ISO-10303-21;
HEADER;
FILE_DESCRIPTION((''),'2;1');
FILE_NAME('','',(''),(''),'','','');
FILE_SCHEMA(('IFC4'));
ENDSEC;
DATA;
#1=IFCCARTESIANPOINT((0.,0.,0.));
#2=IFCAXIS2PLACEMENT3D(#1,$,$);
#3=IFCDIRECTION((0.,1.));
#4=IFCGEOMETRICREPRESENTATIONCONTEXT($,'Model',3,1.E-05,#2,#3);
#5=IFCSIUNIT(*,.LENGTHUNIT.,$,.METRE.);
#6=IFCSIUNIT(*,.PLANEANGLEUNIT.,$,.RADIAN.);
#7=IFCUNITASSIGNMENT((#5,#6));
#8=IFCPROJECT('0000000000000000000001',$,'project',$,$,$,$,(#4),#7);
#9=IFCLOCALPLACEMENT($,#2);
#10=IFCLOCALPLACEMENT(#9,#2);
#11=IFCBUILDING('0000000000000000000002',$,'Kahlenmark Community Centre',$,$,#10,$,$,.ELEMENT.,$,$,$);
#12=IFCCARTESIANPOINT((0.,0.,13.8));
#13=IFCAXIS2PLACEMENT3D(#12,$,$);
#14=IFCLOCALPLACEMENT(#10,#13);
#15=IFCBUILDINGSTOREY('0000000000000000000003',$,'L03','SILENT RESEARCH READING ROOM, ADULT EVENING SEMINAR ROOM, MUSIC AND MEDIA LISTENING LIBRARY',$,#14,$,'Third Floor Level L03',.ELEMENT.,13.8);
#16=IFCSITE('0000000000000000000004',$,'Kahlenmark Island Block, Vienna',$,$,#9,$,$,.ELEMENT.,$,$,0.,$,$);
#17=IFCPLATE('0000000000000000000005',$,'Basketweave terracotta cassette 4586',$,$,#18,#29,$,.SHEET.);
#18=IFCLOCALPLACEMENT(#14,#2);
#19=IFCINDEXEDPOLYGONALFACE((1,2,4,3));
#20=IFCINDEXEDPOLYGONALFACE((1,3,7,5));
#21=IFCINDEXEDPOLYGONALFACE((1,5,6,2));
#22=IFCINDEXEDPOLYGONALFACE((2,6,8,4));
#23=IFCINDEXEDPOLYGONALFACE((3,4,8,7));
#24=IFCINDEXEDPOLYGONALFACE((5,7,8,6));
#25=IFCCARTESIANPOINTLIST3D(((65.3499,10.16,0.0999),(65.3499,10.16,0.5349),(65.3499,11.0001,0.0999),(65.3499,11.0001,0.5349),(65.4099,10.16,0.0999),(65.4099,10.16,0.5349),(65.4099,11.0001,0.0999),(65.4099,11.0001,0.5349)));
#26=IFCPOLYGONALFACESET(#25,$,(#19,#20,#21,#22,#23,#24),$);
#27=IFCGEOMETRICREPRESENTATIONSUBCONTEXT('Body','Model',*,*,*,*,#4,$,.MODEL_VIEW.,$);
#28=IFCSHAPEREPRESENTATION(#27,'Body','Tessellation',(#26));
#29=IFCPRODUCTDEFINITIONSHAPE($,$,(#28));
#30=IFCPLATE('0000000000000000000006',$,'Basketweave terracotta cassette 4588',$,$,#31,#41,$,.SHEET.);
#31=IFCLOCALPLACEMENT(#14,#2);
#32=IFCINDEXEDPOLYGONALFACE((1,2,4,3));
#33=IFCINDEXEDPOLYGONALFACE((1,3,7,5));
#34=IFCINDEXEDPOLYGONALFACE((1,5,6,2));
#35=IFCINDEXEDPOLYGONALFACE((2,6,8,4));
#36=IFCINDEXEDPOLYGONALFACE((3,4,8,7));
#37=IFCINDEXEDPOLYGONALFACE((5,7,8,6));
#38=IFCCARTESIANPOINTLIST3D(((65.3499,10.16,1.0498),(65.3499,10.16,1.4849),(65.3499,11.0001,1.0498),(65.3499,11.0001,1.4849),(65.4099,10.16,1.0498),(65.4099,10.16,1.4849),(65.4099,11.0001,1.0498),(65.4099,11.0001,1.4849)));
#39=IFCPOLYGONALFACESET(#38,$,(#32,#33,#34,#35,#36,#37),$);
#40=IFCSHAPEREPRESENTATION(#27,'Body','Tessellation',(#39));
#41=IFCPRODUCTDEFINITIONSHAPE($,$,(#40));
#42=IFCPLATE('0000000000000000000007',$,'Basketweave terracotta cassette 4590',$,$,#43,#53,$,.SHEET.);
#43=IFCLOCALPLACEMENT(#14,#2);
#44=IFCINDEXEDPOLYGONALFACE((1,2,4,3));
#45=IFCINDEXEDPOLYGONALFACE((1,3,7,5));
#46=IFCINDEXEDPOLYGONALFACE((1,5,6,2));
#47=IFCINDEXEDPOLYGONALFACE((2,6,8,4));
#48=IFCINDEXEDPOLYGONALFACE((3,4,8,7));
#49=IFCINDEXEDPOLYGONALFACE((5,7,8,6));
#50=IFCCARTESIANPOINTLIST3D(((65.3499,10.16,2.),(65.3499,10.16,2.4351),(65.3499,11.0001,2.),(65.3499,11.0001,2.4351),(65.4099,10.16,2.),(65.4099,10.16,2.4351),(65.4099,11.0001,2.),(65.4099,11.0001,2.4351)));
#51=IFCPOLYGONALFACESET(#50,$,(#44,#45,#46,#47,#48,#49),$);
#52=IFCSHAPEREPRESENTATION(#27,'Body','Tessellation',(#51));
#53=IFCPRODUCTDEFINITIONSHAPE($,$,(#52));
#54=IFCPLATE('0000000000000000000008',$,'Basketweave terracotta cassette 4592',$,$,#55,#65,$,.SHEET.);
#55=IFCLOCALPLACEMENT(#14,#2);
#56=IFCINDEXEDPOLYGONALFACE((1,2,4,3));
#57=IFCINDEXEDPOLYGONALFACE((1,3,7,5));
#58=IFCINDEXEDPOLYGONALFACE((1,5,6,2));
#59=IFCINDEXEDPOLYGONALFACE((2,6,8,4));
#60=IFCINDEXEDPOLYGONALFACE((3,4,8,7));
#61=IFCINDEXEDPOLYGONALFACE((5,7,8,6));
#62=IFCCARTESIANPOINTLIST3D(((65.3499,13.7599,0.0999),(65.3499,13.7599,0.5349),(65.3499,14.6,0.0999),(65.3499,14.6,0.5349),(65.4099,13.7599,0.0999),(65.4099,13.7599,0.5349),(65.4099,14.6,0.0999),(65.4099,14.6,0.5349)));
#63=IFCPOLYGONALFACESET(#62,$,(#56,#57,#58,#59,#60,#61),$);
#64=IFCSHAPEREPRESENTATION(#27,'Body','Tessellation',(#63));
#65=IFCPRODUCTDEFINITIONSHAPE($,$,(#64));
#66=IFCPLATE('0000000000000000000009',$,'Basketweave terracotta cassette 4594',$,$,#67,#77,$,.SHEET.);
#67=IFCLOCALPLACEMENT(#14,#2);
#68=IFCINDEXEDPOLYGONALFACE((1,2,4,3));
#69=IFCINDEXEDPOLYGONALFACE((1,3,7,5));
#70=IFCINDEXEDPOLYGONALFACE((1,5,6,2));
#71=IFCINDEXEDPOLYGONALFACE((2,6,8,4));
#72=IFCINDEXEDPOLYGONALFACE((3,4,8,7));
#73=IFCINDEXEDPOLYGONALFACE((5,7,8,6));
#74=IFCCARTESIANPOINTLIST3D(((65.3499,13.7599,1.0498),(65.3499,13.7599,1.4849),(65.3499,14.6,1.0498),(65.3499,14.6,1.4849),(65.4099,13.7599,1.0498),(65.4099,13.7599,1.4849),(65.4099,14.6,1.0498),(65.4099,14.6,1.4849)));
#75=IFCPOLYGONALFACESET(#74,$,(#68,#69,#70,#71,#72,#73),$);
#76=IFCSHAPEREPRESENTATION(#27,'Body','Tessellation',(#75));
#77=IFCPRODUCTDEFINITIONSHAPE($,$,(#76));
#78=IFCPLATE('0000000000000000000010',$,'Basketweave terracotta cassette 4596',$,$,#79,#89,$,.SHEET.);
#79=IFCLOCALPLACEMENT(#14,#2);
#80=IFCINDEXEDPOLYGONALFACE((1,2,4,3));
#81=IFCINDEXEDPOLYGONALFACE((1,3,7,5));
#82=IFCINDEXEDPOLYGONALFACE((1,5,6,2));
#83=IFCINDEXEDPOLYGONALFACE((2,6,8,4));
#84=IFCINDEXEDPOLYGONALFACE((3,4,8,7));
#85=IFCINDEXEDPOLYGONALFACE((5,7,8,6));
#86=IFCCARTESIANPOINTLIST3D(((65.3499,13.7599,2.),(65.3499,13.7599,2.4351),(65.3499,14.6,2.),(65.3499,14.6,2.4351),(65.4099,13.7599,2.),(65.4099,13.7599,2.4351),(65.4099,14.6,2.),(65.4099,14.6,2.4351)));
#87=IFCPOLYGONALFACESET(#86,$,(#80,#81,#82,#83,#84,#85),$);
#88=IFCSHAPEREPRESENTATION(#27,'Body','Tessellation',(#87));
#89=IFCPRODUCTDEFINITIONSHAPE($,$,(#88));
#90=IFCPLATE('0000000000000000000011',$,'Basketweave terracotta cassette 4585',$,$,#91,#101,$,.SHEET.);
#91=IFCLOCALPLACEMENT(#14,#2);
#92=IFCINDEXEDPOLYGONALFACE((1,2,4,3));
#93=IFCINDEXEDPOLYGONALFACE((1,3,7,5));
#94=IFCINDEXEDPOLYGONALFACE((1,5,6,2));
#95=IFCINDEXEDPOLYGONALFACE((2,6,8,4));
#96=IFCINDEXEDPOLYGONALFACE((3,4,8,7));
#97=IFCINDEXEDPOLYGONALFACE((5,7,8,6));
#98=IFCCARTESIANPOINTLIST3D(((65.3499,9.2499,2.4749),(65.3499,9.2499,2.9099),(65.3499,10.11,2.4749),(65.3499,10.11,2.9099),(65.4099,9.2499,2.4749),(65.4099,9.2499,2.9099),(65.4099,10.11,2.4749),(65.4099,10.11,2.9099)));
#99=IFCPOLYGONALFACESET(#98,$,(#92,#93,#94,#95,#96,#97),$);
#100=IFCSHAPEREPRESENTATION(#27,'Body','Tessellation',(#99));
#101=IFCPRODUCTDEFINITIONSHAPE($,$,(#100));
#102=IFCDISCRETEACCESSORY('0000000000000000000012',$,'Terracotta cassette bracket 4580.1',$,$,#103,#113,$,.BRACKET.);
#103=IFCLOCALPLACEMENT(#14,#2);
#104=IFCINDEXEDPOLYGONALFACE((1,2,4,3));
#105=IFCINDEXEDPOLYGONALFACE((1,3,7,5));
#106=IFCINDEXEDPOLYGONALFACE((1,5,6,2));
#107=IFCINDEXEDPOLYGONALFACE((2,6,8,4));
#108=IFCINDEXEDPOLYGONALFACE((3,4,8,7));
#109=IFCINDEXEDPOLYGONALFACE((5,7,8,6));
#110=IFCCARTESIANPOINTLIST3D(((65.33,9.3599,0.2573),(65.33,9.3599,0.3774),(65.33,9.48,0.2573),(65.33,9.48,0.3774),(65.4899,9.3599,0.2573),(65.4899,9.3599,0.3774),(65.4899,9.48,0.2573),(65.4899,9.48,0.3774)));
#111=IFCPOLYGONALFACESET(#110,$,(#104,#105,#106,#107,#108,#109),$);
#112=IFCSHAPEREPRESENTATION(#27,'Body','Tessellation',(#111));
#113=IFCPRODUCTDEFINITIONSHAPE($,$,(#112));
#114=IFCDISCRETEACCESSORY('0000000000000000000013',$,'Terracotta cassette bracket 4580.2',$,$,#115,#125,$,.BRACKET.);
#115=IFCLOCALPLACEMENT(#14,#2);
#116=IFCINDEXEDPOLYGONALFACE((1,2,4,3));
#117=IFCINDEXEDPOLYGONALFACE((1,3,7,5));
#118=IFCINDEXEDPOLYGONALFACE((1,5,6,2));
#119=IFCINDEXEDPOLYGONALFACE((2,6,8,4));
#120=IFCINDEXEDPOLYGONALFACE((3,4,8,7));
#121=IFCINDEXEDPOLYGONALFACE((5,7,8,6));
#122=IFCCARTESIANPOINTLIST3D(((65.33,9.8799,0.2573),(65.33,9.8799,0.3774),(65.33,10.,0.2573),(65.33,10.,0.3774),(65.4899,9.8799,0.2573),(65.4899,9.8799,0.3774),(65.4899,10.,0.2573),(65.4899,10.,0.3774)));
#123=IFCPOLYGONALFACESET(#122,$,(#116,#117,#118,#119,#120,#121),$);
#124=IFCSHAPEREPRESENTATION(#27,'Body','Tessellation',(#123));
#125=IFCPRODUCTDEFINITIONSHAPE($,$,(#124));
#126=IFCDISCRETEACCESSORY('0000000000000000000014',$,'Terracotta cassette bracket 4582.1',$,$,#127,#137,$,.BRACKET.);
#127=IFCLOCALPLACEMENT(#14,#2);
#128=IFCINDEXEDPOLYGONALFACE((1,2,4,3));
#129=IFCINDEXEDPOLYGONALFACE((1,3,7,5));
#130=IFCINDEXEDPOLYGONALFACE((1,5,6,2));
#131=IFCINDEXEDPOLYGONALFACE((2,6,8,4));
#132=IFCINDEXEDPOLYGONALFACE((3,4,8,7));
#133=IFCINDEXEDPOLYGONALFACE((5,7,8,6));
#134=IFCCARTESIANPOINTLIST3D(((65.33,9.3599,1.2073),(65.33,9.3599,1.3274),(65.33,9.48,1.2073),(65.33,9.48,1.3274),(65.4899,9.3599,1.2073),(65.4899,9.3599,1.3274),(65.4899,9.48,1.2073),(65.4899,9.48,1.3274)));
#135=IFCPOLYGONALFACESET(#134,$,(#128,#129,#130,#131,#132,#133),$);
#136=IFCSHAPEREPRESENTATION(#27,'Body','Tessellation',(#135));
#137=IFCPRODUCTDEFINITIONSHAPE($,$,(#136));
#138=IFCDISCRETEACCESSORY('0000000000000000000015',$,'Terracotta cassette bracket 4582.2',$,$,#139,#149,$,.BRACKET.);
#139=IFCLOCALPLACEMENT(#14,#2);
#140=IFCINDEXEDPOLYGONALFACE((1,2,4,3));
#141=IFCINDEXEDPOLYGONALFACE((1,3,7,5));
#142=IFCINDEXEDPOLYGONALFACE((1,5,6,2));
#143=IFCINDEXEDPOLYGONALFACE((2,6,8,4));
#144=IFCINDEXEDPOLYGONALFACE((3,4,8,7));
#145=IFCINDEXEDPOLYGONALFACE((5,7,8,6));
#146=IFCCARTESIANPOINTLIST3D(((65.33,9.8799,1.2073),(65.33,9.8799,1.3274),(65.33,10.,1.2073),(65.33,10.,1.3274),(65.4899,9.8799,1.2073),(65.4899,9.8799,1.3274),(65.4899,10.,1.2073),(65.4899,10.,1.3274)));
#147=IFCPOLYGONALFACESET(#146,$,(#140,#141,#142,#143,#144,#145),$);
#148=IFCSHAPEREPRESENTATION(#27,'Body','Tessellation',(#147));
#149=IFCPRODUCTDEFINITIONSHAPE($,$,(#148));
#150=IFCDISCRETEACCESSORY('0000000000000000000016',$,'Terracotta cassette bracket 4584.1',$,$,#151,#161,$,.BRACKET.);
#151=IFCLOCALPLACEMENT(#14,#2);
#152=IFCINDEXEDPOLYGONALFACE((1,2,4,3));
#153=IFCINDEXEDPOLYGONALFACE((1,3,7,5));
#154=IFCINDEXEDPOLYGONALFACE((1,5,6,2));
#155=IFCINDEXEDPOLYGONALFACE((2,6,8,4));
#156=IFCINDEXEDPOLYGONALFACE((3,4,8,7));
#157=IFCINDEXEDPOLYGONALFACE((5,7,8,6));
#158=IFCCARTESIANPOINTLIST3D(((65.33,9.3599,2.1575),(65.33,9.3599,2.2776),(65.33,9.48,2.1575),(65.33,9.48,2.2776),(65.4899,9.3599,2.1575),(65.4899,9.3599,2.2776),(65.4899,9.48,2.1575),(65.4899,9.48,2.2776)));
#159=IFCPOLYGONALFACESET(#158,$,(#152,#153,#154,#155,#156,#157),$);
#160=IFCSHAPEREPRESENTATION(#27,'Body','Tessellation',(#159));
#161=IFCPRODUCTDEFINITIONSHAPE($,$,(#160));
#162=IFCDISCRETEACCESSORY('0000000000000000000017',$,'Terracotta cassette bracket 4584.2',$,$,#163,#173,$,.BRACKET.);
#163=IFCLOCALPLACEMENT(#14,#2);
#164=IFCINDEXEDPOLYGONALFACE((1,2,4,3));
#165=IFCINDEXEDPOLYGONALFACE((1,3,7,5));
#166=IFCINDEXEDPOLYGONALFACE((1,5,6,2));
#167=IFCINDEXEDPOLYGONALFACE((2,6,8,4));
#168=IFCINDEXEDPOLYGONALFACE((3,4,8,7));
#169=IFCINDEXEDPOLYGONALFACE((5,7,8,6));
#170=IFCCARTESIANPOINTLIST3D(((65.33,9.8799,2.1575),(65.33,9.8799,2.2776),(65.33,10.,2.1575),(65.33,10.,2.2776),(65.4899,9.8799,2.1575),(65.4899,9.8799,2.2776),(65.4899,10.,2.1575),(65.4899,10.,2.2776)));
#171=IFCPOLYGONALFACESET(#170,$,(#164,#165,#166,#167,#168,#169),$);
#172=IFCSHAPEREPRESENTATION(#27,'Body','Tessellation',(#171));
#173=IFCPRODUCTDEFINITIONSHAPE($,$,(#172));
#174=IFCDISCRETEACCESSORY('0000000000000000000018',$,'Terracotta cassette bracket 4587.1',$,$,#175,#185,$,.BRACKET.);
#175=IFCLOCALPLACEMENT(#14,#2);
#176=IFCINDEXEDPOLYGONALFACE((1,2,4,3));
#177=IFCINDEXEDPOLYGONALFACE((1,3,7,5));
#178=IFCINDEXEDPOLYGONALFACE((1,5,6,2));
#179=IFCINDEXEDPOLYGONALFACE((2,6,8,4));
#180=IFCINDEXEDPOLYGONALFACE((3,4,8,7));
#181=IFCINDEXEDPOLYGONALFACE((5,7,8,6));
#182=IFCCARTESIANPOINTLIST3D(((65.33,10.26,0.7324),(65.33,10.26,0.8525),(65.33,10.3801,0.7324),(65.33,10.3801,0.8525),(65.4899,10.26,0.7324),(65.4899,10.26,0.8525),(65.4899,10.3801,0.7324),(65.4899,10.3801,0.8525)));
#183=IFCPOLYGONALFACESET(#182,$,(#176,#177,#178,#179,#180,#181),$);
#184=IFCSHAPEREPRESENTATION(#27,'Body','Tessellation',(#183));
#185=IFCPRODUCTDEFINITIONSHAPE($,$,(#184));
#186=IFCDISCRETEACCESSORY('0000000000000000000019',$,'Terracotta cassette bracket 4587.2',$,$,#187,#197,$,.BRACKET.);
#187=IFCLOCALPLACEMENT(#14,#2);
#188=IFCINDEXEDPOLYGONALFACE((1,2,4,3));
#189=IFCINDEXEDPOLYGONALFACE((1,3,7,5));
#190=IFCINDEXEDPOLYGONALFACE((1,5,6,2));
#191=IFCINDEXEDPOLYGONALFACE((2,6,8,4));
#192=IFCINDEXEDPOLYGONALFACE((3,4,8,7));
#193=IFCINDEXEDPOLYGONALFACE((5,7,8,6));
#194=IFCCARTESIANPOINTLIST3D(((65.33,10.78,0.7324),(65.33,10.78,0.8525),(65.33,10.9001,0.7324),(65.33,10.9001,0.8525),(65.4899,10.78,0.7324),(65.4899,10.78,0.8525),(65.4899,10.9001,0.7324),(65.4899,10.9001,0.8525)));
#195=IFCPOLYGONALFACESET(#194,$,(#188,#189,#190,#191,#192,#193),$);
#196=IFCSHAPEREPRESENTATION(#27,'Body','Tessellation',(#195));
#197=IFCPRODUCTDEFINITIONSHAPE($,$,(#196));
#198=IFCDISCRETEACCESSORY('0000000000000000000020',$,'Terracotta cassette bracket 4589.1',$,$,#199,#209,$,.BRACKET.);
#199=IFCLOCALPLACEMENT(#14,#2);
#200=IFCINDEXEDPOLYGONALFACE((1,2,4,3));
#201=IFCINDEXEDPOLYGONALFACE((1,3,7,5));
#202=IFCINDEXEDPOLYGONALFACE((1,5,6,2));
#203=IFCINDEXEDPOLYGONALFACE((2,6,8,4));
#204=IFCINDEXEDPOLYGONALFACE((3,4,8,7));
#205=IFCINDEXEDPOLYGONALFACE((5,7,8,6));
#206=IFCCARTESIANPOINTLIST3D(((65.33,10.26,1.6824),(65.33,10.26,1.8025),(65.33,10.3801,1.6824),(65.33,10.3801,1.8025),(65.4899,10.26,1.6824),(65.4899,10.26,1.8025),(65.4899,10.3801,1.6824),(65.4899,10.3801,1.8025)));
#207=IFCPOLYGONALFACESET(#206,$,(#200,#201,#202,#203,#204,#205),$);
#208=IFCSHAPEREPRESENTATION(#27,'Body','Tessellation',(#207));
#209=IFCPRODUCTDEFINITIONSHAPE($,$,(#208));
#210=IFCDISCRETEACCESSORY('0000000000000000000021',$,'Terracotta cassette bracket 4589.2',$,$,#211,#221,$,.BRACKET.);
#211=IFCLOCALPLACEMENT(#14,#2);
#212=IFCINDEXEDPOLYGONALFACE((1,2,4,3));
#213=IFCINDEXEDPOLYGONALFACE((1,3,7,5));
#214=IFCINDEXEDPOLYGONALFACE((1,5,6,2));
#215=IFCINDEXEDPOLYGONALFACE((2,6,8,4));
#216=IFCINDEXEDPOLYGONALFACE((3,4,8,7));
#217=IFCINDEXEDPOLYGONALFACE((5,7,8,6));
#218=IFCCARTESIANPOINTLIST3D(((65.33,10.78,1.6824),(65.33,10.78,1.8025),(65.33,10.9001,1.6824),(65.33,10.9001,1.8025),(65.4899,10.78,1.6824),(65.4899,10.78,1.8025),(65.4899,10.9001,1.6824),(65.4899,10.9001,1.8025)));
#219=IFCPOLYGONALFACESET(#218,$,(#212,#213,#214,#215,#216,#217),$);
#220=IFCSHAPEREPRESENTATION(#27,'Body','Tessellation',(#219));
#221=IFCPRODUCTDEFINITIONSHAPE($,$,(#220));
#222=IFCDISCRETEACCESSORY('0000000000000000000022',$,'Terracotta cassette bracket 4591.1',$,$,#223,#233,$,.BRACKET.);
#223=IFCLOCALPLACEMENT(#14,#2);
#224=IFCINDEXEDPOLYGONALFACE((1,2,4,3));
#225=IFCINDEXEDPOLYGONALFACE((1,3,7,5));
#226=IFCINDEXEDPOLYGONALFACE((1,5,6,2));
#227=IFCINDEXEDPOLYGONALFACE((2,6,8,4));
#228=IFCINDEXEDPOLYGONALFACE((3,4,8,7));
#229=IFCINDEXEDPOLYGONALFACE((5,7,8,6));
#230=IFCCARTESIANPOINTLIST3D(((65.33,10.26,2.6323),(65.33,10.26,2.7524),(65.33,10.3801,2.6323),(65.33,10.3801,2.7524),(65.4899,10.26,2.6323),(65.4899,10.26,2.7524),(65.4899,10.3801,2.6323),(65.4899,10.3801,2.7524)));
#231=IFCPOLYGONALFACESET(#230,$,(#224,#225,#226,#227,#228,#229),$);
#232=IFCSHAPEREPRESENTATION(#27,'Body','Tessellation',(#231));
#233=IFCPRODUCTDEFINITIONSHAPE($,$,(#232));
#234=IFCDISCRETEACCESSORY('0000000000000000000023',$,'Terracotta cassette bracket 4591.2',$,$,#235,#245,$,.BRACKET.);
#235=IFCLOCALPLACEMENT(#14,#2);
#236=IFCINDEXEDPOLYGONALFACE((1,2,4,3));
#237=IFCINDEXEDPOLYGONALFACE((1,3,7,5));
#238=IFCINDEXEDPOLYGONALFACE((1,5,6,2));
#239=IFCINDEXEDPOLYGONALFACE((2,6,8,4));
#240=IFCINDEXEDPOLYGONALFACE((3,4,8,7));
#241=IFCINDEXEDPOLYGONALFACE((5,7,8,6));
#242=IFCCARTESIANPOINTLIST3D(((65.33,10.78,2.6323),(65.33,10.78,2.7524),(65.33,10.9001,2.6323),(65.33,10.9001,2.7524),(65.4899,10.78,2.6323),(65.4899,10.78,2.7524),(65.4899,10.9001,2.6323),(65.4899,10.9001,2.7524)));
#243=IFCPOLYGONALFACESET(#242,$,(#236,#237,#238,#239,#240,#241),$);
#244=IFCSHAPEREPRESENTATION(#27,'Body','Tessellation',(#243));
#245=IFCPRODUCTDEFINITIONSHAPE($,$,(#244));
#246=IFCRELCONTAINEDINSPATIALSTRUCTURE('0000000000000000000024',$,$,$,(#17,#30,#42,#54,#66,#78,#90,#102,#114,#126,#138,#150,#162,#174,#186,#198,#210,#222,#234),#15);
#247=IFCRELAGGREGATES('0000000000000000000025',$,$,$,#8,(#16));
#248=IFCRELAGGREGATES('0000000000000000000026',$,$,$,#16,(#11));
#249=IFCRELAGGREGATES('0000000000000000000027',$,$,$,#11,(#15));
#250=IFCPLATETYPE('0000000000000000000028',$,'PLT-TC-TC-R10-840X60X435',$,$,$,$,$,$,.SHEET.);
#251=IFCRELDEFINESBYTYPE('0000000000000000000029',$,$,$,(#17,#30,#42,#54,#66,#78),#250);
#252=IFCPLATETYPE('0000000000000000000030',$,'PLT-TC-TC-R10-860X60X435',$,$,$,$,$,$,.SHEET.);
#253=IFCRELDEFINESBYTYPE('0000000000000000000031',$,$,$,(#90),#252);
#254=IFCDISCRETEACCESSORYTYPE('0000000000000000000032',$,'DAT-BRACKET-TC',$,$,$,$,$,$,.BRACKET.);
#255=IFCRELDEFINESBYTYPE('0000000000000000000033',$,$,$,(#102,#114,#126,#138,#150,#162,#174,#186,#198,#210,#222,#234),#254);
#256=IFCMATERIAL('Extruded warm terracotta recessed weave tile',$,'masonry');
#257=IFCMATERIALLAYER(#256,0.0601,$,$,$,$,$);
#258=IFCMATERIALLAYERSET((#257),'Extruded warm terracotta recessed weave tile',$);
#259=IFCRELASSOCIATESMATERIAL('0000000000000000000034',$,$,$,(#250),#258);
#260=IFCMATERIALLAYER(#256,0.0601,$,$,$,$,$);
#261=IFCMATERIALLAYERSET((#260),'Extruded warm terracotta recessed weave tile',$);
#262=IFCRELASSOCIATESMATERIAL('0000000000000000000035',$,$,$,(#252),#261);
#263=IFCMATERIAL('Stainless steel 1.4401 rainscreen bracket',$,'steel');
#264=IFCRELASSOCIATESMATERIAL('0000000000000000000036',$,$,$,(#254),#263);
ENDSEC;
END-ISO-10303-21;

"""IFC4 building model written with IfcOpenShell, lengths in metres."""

from ifc_helpers import new_model, si_unit, direction, frame, origin, origin_2d, place, context, subcontext, project, spatial, rectangle, extrude, material, layer, layer_set, type_object, element, save


model = new_model("IFC4")

# Units and contexts
model_context = context("Model", 3, precision=1e-05, world=origin(), true_north=direction((0.0, 1.0)))
body_context = subcontext(model_context, "Body", "Model", "MODEL_VIEW")
ifc_project = project(units=[si_unit("LENGTHUNIT", "METRE"), si_unit("PLANEANGLEUNIT", "RADIAN")], contexts=[model_context])

# Site, building, storey
site_placement = place(None, origin())
site = spatial("IfcSite", under=ifc_project, at=site_placement, Name="Kahlenmark Island Block, Vienna", CompositionType="ELEMENT", RefElevation=0.0)
building_placement = place(site_placement, origin())
building = spatial("IfcBuilding", under=site, at=building_placement, Name="Kahlenmark Community Centre", CompositionType="ELEMENT")
storey_placement = place(building_placement, frame((0.0, 0.0, 13.8)))
storey = spatial("IfcBuildingStorey", under=building, at=storey_placement, Name="L03", Description="SILENT RESEARCH READING ROOM, ADULT EVENING SEMINAR ROOM, MUSIC AND MEDIA LISTENING LIBRARY", LongName="Third Floor Level L03", CompositionType="ELEMENT", Elevation=13.8)

# Plates
ifc_material_1 = material(Name="Extruded warm terracotta recessed weave tile", Category="masonry")
ifc_layer_1 = layer(ifc_material_1, 0.0601)
ifc_layer_set_1 = layer_set([ifc_layer_1], Name="Extruded warm terracotta recessed weave tile")
plate_type_1 = type_object("IfcPlateType", Name="PLT-TC-TC-R10-840X60X435", PredefinedType="SHEET", material=ifc_layer_set_1)
for number, where, z_axis, x_axis, name in (
    (1, (65.3799, 10.5801, 0.0999), (0.0, 0.0, 1.0), (0.0, 1.0, 0.0), "Basketweave terracotta cassette 4586"),
    (2, (65.3799, 10.5801, 1.0498), (0.0, 0.0, 1.0), (0.0, 1.0, 0.0), "Basketweave terracotta cassette 4588"),
    (3, (65.3799, 10.5801, 2.0), (0.0, 0.0, 1.0), (0.0, 1.0, 0.0), "Basketweave terracotta cassette 4590"),
    (4, (65.3799, 14.1799, 0.0999), (0.0, 0.0, 1.0), (0.0, 1.0, 0.0), "Basketweave terracotta cassette 4592"),
    (5, (65.3799, 14.1799, 1.0498), (0.0, 0.0, 1.0), (0.0, 1.0, 0.0), "Basketweave terracotta cassette 4594"),
    (6, (65.3799, 14.1799, 2.0), (0.0, 0.0, 1.0), (0.0, 1.0, 0.0), "Basketweave terracotta cassette 4596"),
):
    element("IfcPlate", number, at=place(storey_placement, frame(where, z_axis=z_axis, x_axis=x_axis)), inside=storey, type_object=plate_type_1, Name=name, PredefinedType="SHEET", context=body_context, shape_type="SweptSolid", body=[
        extrude(rectangle(XDim=0.8401, YDim=0.0601, at=origin_2d()), origin(), (0.0, 0.0, 1.0), 0.4351),
    ])
ifc_layer_2 = layer(ifc_material_1, 0.0601)
ifc_layer_set_2 = layer_set([ifc_layer_2], Name="Extruded warm terracotta recessed weave tile")
plate_type_2 = type_object("IfcPlateType", Name="PLT-TC-TC-R10-860X60X435", PredefinedType="SHEET", material=ifc_layer_set_2)
plate_placement = place(storey_placement, frame((65.3799, 9.6799, 2.4749), z_axis=(0.0, 0.0, 1.0), x_axis=(0.0, 1.0, 0.0)))
element("IfcPlate", 7, at=plate_placement, inside=storey, type_object=plate_type_2, Name="Basketweave terracotta cassette 4585", PredefinedType="SHEET", context=body_context, shape_type="SweptSolid", body=[
    extrude(rectangle(XDim=0.8601, YDim=0.0601, at=origin_2d()), origin(), (0.0, 0.0, 1.0), 0.4351),
])

# Discrete accessories
ifc_material_2 = material(Name="Stainless steel 1.4401 rainscreen bracket", Category="steel")
discrete_accessory_type = type_object("IfcDiscreteAccessoryType", Name="DAT-BRACKET-TC", PredefinedType="BRACKET", material=ifc_material_2)
for number, where, z_axis, x_axis, name in (
    (8, (65.4099, 9.4199, 0.2573), (0.0, 0.0, 1.0), (0.0, 1.0, 0.0), "Terracotta cassette bracket 4580.1"),
    (9, (65.4099, 9.9399, 0.2573), (0.0, 0.0, 1.0), (0.0, 1.0, 0.0), "Terracotta cassette bracket 4580.2"),
    (10, (65.4099, 9.4199, 1.2073), (0.0, 0.0, 1.0), (0.0, 1.0, 0.0), "Terracotta cassette bracket 4582.1"),
    (11, (65.4099, 9.9399, 1.2073), (0.0, 0.0, 1.0), (0.0, 1.0, 0.0), "Terracotta cassette bracket 4582.2"),
    (12, (65.4099, 9.4199, 2.1575), (0.0, 0.0, 1.0), (0.0, 1.0, 0.0), "Terracotta cassette bracket 4584.1"),
    (13, (65.4099, 9.9399, 2.1575), (0.0, 0.0, 1.0), (0.0, 1.0, 0.0), "Terracotta cassette bracket 4584.2"),
    (14, (65.4099, 10.3201, 0.7324), (0.0, 0.0, 1.0), (0.0, 1.0, 0.0), "Terracotta cassette bracket 4587.1"),
    (15, (65.4099, 10.8401, 0.7324), (0.0, 0.0, 1.0), (0.0, 1.0, 0.0), "Terracotta cassette bracket 4587.2"),
    (16, (65.4099, 10.3201, 1.6824), (0.0, 0.0, 1.0), (0.0, 1.0, 0.0), "Terracotta cassette bracket 4589.1"),
    (17, (65.4099, 10.8401, 1.6824), (0.0, 0.0, 1.0), (0.0, 1.0, 0.0), "Terracotta cassette bracket 4589.2"),
    (18, (65.4099, 10.3201, 2.6323), (0.0, 0.0, 1.0), (0.0, 1.0, 0.0), "Terracotta cassette bracket 4591.1"),
    (19, (65.4099, 10.8401, 2.6323), (0.0, 0.0, 1.0), (0.0, 1.0, 0.0), "Terracotta cassette bracket 4591.2"),
):
    element("IfcDiscreteAccessory", number, at=place(storey_placement, frame(where, z_axis=z_axis, x_axis=x_axis)), inside=storey, type_object=discrete_accessory_type, Name=name, PredefinedType="BRACKET", context=body_context, shape_type="SweptSolid", body=[
        extrude(rectangle(XDim=0.1201, YDim=0.1599, at=origin_2d()), origin(), (0.0, 0.0, 1.0), 0.1201),
    ])

save(model, "model.ifc")
